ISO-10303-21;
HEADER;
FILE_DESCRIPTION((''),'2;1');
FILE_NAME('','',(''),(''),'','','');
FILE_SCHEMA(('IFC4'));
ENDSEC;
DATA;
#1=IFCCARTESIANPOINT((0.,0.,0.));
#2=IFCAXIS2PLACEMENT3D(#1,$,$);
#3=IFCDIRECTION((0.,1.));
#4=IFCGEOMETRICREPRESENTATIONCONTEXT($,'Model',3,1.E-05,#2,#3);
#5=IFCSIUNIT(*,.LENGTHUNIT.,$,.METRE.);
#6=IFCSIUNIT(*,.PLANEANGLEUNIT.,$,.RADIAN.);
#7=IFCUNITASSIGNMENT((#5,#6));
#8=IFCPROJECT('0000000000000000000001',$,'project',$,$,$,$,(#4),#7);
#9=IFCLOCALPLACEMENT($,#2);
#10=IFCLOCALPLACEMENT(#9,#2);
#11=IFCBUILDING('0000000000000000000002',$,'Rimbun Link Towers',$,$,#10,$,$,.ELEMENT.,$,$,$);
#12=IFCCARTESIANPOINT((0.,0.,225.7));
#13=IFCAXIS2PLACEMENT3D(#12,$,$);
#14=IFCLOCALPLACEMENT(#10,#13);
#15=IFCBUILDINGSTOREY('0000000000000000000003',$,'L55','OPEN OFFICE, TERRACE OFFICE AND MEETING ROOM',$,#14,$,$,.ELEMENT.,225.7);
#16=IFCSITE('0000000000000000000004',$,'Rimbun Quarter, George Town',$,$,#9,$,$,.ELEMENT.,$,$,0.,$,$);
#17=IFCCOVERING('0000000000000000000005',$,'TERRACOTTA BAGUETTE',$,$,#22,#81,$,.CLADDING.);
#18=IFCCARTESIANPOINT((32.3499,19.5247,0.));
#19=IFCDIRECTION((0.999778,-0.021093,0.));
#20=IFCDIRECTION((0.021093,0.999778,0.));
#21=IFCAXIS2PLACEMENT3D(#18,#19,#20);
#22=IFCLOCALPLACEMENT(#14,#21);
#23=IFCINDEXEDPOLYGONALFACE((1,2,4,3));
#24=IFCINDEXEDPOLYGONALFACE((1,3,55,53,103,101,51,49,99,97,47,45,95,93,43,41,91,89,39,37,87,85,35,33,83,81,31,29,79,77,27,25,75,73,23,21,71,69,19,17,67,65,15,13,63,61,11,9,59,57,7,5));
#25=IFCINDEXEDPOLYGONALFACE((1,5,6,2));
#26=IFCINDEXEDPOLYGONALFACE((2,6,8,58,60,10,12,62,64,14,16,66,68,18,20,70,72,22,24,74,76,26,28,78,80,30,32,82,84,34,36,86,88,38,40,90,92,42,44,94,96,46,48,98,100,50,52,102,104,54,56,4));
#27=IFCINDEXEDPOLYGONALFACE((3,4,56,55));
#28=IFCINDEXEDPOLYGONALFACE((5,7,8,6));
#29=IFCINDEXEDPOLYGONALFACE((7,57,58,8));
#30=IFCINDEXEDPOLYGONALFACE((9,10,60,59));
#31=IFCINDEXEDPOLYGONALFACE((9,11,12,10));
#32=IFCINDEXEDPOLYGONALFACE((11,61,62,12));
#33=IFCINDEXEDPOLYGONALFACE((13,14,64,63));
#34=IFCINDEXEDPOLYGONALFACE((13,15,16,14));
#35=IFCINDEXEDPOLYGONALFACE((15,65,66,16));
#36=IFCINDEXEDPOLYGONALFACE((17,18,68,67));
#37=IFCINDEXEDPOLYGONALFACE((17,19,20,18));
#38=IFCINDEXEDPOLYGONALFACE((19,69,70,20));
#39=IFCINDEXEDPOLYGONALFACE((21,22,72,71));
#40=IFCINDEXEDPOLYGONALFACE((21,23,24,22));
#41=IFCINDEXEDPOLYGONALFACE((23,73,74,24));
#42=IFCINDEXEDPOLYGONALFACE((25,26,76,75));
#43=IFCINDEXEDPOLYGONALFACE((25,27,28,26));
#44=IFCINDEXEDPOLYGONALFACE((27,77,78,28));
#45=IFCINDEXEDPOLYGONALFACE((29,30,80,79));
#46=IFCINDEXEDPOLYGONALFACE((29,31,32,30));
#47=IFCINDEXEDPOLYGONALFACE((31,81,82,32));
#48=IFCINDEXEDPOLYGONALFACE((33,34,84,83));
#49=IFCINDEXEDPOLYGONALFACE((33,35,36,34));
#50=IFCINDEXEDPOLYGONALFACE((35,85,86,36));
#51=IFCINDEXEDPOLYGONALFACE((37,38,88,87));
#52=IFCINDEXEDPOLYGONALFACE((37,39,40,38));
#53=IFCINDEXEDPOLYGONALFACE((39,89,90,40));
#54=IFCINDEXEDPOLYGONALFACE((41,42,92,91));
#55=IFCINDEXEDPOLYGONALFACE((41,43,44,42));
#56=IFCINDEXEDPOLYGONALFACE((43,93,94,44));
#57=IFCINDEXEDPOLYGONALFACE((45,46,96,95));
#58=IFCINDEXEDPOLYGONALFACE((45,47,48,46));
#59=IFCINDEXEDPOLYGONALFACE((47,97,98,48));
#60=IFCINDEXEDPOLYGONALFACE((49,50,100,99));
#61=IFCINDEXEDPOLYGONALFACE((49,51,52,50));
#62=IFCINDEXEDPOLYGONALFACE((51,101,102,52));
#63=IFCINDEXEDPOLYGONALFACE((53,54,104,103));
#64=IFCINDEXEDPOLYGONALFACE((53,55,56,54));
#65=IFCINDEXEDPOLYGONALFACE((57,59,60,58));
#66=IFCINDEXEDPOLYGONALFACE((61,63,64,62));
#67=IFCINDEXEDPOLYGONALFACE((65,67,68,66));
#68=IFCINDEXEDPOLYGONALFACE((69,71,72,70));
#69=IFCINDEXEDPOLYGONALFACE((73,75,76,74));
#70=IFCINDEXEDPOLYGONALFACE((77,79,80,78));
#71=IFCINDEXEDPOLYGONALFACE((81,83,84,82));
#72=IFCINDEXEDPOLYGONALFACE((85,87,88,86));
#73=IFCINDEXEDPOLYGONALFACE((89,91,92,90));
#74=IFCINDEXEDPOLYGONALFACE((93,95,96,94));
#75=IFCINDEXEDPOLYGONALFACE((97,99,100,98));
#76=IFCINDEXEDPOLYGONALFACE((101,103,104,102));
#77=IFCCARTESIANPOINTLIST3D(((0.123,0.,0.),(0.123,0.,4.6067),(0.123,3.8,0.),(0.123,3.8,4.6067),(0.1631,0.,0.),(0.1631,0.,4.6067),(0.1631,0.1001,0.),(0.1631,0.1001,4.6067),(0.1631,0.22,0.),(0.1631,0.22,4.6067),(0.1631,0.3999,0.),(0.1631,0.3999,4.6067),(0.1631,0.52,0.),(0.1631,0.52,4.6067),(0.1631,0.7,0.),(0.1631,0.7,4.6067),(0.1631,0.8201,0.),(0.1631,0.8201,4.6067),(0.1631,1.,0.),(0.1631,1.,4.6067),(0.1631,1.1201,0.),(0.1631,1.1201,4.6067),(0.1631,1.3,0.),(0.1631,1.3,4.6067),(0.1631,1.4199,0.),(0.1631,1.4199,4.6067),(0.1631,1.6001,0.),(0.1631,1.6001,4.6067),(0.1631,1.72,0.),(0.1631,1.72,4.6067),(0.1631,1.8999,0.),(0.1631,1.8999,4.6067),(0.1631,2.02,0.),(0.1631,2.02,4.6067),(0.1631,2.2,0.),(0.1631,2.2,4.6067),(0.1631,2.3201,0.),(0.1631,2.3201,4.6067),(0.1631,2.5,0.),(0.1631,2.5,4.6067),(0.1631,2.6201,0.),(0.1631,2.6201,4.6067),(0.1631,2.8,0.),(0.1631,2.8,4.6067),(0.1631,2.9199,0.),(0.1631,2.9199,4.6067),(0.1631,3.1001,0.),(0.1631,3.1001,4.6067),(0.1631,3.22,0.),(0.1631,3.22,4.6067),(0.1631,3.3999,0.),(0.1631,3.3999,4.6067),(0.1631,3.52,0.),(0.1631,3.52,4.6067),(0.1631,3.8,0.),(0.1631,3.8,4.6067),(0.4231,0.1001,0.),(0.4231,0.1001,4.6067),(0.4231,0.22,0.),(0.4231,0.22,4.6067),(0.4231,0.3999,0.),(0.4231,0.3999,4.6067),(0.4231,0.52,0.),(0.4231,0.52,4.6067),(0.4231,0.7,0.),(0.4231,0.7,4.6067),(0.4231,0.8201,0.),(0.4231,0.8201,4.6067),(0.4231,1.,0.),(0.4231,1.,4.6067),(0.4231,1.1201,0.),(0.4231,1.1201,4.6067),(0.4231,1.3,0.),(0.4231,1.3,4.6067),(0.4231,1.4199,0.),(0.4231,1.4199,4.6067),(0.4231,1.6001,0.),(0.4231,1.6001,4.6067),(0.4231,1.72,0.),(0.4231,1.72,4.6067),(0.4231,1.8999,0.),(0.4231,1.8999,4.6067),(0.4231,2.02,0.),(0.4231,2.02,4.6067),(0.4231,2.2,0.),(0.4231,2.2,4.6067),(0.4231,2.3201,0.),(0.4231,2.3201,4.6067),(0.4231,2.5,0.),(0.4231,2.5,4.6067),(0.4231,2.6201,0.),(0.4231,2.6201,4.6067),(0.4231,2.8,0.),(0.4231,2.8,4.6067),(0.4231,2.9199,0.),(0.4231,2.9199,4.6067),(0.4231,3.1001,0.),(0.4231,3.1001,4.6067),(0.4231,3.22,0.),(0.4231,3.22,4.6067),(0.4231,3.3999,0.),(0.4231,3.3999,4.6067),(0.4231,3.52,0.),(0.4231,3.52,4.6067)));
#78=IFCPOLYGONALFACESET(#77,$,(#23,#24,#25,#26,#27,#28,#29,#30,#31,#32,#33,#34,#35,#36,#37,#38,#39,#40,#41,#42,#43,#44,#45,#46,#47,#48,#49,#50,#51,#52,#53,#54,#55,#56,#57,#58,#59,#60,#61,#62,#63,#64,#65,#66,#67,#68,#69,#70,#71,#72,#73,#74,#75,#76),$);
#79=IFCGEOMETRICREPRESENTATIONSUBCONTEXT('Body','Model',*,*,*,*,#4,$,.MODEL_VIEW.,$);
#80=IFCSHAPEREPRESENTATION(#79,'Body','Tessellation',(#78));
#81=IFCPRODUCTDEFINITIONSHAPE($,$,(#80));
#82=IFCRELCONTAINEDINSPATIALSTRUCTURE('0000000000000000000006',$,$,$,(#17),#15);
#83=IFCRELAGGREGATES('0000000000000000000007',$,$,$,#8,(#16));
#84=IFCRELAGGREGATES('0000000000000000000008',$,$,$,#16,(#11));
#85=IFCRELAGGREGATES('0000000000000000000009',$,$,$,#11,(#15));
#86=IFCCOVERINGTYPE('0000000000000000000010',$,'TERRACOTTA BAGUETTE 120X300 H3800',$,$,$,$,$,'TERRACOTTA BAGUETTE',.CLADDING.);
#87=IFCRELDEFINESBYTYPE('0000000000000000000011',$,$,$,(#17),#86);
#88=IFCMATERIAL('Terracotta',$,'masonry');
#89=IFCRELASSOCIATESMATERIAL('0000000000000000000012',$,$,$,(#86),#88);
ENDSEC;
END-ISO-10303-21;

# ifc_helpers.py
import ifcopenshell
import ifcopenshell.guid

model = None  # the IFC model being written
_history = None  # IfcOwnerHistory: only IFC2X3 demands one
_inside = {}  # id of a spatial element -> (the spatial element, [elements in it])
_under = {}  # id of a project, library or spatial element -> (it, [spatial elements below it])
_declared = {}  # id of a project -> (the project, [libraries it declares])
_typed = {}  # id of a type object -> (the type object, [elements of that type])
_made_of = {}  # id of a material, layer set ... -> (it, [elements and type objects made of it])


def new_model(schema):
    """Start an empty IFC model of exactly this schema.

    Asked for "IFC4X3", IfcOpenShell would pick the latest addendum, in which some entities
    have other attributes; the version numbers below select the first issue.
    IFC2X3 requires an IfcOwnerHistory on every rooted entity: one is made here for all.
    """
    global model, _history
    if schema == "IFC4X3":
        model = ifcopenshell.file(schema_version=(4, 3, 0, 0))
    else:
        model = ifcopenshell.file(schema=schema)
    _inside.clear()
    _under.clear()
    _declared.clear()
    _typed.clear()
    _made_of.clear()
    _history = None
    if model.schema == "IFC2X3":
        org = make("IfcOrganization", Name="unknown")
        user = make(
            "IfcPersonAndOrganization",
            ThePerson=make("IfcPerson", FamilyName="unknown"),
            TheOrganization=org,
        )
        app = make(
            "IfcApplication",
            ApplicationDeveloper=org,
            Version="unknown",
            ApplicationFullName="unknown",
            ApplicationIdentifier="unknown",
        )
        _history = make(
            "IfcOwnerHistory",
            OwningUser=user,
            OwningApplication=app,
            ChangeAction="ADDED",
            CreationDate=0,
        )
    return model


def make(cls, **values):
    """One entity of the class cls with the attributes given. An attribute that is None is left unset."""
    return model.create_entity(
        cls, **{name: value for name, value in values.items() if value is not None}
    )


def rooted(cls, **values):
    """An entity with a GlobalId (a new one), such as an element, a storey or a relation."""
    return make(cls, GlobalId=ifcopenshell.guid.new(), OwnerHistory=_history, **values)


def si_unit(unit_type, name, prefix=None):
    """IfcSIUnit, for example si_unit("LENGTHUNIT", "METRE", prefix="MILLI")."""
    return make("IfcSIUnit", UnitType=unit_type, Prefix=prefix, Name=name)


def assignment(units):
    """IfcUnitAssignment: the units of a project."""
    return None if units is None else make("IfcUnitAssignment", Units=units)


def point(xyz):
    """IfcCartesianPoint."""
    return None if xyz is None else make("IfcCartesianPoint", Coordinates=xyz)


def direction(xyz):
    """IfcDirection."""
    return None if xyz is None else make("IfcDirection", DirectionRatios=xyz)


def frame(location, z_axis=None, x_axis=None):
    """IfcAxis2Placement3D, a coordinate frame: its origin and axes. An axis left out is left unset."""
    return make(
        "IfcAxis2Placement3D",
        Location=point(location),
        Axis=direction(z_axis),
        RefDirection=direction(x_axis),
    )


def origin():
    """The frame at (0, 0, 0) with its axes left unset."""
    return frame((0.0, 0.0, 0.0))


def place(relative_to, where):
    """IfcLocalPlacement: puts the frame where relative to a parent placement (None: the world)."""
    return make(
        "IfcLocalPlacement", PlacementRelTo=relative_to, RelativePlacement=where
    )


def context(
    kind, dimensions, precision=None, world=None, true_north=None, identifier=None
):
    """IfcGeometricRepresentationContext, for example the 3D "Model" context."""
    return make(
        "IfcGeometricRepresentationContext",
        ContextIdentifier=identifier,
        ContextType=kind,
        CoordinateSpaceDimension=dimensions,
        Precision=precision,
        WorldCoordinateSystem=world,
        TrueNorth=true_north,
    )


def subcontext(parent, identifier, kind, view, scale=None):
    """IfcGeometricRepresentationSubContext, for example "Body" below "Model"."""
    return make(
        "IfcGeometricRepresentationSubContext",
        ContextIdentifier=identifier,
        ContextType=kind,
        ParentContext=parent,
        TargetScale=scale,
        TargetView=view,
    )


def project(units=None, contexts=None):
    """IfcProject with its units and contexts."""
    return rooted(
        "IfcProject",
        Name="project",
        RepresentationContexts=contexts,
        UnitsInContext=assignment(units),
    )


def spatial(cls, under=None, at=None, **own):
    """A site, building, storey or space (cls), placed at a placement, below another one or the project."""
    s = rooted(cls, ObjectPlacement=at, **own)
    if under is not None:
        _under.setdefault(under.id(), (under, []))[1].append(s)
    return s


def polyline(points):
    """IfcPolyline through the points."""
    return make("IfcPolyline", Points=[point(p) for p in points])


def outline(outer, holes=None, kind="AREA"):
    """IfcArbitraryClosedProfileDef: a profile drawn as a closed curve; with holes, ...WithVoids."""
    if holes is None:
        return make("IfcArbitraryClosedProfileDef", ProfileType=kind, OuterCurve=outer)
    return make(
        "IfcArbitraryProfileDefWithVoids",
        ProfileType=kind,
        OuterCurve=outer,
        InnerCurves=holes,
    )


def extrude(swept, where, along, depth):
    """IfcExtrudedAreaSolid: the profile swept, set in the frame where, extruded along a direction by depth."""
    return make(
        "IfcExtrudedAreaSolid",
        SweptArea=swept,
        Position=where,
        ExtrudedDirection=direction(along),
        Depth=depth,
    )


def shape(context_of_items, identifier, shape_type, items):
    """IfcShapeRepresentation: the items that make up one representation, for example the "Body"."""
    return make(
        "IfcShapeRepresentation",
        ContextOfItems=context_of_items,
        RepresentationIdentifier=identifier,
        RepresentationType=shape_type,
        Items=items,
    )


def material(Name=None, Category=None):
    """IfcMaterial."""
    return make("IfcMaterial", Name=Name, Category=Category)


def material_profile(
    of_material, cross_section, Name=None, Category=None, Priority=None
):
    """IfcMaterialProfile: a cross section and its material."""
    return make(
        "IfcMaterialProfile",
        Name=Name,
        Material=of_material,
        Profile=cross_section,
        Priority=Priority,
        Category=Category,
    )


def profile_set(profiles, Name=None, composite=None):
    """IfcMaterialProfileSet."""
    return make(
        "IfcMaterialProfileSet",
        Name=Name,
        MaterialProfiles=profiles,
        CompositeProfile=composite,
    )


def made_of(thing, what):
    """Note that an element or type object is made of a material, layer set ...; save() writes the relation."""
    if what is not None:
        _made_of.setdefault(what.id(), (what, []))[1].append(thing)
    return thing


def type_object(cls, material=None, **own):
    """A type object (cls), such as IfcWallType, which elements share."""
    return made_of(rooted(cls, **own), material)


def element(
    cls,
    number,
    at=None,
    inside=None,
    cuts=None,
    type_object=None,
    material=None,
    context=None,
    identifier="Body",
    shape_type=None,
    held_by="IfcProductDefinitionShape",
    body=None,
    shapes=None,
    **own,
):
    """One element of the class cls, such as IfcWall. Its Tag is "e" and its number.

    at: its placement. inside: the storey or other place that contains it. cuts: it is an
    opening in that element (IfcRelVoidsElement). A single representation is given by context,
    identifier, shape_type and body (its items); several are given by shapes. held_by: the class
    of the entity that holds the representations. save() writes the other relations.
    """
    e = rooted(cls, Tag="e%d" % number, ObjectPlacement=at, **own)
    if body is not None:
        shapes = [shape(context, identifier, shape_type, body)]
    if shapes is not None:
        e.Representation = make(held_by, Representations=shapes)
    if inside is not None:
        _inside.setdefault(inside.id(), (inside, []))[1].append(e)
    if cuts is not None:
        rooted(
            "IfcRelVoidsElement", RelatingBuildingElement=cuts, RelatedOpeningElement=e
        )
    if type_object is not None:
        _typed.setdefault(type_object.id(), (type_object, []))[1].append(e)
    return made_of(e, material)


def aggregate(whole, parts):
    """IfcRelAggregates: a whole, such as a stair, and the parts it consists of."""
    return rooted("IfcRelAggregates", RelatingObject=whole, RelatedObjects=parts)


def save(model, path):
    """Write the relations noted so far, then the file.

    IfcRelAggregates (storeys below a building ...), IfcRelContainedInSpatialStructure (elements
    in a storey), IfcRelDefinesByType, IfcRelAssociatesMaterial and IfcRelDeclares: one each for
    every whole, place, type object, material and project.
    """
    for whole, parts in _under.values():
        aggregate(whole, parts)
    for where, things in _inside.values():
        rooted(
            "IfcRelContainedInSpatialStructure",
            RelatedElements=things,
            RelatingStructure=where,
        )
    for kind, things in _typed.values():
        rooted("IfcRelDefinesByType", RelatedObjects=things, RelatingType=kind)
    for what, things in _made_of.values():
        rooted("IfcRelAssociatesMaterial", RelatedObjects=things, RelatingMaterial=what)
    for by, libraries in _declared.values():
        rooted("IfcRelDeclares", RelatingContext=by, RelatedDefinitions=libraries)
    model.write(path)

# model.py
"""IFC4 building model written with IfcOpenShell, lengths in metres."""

from ifc_helpers import new_model, si_unit, direction, frame, origin, place, context, subcontext, project, spatial, polyline, outline, extrude, material, material_profile, profile_set, type_object, element, save


model = new_model("IFC4")

# Units and contexts
model_context = context("Model", 3, precision=1e-05, world=origin(), true_north=direction((0.0, 1.0)))
body_context = subcontext(model_context, "Body", "Model", "MODEL_VIEW")
ifc_project = project(units=[si_unit("LENGTHUNIT", "METRE"), si_unit("PLANEANGLEUNIT", "RADIAN")], contexts=[model_context])

# Site, building, storey
site_placement = place(None, origin())
site = spatial("IfcSite", under=ifc_project, at=site_placement, Name="Rimbun Quarter, George Town", CompositionType="ELEMENT", RefElevation=0.0)
building_placement = place(site_placement, origin())
building = spatial("IfcBuilding", under=site, at=building_placement, Name="Rimbun Link Towers", CompositionType="ELEMENT")
storey_placement = place(building_placement, frame((0.0, 0.0, 225.7)))
storey = spatial("IfcBuildingStorey", under=building, at=storey_placement, Name="L55", Description="OPEN OFFICE, TERRACE OFFICE AND MEETING ROOM", CompositionType="ELEMENT", Elevation=225.7)

# Covering
ifc_material_1 = material(Name="Terracotta", Category="masonry")
ifc_material_profile_1 = material_profile(ifc_material_1, outline(polyline([(0.123, 0.0), (0.1631, 0.0), (0.1631, 0.1001), (0.4231, 0.1001), (0.4231, 0.22), (0.1631, 0.22), (0.1631, 0.3999), (0.4231, 0.3999), (0.4231, 0.52), (0.1631, 0.52), (0.1631, 0.7), (0.4231, 0.7), (0.4231, 0.8201), (0.1631, 0.8201), (0.1631, 1.0), (0.4231, 1.0), (0.4231, 1.1201), (0.1631, 1.1201), (0.1631, 1.3), (0.4231, 1.3), (0.4231, 1.4199), (0.1631, 1.4199), (0.1631, 1.6001), (0.4231, 1.6001), (0.4231, 1.72), (0.1631, 1.72), (0.1631, 1.8999), (0.4231, 1.8999), (0.4231, 2.02), (0.1631, 2.02), (0.1631, 2.2), (0.4231, 2.2), (0.4231, 2.3201), (0.1631, 2.3201), (0.1631, 2.5), (0.4231, 2.5), (0.4231, 2.6201), (0.1631, 2.6201), (0.1631, 2.8), (0.4231, 2.8), (0.4231, 2.9199), (0.1631, 2.9199), (0.1631, 3.1001), (0.4231, 3.1001), (0.4231, 3.22), (0.1631, 3.22), (0.1631, 3.3999), (0.4231, 3.3999), (0.4231, 3.52), (0.1631, 3.52), (0.1631, 3.8), (0.123, 3.8), (0.123, 0.0)])), Name="BAGUETTE 120X300")
ifc_profile_set_1 = profile_set([ifc_material_profile_1], Name="Terracotta")
covering_type = type_object("IfcCoveringType", Name="TERRACOTTA BAGUETTE 120X300 H3800", ElementType="TERRACOTTA BAGUETTE", PredefinedType="CLADDING", material=ifc_profile_set_1)
covering_1_placement = place(storey_placement, frame((32.3499, 19.5247, 0.0), z_axis=(0.999778, -0.021093, 0.0), x_axis=(0.021093, 0.999778, 0.0)))
element("IfcCovering", 1, at=covering_1_placement, inside=storey, type_object=covering_type, Name="TERRACOTTA BAGUETTE", PredefinedType="CLADDING", context=body_context, shape_type="SweptSolid", body=[
    extrude(outline(polyline([(0.123, 0.0), (0.1631, 0.0), (0.1631, 0.1001), (0.4231, 0.1001), (0.4231, 0.22), (0.1631, 0.22), (0.1631, 0.3999), (0.4231, 0.3999), (0.4231, 0.52), (0.1631, 0.52), (0.1631, 0.7), (0.4231, 0.7), (0.4231, 0.8201), (0.1631, 0.8201), (0.1631, 1.0), (0.4231, 1.0), (0.4231, 1.1201), (0.1631, 1.1201), (0.1631, 1.3), (0.4231, 1.3), (0.4231, 1.4199), (0.1631, 1.4199), (0.1631, 1.6001), (0.4231, 1.6001), (0.4231, 1.72), (0.1631, 1.72), (0.1631, 1.8999), (0.4231, 1.8999), (0.4231, 2.02), (0.1631, 2.02), (0.1631, 2.2), (0.4231, 2.2), (0.4231, 2.3201), (0.1631, 2.3201), (0.1631, 2.5), (0.4231, 2.5), (0.4231, 2.6201), (0.1631, 2.6201), (0.1631, 2.8), (0.4231, 2.8), (0.4231, 2.9199), (0.1631, 2.9199), (0.1631, 3.1001), (0.4231, 3.1001), (0.4231, 3.22), (0.1631, 3.22), (0.1631, 3.3999), (0.4231, 3.3999), (0.4231, 3.52), (0.1631, 3.52), (0.1631, 3.8), (0.123, 3.8), (0.123, 0.0)])), origin(), (0.0, 0.0, 1.0), 4.6067),
])

save(model, "model.ifc")
